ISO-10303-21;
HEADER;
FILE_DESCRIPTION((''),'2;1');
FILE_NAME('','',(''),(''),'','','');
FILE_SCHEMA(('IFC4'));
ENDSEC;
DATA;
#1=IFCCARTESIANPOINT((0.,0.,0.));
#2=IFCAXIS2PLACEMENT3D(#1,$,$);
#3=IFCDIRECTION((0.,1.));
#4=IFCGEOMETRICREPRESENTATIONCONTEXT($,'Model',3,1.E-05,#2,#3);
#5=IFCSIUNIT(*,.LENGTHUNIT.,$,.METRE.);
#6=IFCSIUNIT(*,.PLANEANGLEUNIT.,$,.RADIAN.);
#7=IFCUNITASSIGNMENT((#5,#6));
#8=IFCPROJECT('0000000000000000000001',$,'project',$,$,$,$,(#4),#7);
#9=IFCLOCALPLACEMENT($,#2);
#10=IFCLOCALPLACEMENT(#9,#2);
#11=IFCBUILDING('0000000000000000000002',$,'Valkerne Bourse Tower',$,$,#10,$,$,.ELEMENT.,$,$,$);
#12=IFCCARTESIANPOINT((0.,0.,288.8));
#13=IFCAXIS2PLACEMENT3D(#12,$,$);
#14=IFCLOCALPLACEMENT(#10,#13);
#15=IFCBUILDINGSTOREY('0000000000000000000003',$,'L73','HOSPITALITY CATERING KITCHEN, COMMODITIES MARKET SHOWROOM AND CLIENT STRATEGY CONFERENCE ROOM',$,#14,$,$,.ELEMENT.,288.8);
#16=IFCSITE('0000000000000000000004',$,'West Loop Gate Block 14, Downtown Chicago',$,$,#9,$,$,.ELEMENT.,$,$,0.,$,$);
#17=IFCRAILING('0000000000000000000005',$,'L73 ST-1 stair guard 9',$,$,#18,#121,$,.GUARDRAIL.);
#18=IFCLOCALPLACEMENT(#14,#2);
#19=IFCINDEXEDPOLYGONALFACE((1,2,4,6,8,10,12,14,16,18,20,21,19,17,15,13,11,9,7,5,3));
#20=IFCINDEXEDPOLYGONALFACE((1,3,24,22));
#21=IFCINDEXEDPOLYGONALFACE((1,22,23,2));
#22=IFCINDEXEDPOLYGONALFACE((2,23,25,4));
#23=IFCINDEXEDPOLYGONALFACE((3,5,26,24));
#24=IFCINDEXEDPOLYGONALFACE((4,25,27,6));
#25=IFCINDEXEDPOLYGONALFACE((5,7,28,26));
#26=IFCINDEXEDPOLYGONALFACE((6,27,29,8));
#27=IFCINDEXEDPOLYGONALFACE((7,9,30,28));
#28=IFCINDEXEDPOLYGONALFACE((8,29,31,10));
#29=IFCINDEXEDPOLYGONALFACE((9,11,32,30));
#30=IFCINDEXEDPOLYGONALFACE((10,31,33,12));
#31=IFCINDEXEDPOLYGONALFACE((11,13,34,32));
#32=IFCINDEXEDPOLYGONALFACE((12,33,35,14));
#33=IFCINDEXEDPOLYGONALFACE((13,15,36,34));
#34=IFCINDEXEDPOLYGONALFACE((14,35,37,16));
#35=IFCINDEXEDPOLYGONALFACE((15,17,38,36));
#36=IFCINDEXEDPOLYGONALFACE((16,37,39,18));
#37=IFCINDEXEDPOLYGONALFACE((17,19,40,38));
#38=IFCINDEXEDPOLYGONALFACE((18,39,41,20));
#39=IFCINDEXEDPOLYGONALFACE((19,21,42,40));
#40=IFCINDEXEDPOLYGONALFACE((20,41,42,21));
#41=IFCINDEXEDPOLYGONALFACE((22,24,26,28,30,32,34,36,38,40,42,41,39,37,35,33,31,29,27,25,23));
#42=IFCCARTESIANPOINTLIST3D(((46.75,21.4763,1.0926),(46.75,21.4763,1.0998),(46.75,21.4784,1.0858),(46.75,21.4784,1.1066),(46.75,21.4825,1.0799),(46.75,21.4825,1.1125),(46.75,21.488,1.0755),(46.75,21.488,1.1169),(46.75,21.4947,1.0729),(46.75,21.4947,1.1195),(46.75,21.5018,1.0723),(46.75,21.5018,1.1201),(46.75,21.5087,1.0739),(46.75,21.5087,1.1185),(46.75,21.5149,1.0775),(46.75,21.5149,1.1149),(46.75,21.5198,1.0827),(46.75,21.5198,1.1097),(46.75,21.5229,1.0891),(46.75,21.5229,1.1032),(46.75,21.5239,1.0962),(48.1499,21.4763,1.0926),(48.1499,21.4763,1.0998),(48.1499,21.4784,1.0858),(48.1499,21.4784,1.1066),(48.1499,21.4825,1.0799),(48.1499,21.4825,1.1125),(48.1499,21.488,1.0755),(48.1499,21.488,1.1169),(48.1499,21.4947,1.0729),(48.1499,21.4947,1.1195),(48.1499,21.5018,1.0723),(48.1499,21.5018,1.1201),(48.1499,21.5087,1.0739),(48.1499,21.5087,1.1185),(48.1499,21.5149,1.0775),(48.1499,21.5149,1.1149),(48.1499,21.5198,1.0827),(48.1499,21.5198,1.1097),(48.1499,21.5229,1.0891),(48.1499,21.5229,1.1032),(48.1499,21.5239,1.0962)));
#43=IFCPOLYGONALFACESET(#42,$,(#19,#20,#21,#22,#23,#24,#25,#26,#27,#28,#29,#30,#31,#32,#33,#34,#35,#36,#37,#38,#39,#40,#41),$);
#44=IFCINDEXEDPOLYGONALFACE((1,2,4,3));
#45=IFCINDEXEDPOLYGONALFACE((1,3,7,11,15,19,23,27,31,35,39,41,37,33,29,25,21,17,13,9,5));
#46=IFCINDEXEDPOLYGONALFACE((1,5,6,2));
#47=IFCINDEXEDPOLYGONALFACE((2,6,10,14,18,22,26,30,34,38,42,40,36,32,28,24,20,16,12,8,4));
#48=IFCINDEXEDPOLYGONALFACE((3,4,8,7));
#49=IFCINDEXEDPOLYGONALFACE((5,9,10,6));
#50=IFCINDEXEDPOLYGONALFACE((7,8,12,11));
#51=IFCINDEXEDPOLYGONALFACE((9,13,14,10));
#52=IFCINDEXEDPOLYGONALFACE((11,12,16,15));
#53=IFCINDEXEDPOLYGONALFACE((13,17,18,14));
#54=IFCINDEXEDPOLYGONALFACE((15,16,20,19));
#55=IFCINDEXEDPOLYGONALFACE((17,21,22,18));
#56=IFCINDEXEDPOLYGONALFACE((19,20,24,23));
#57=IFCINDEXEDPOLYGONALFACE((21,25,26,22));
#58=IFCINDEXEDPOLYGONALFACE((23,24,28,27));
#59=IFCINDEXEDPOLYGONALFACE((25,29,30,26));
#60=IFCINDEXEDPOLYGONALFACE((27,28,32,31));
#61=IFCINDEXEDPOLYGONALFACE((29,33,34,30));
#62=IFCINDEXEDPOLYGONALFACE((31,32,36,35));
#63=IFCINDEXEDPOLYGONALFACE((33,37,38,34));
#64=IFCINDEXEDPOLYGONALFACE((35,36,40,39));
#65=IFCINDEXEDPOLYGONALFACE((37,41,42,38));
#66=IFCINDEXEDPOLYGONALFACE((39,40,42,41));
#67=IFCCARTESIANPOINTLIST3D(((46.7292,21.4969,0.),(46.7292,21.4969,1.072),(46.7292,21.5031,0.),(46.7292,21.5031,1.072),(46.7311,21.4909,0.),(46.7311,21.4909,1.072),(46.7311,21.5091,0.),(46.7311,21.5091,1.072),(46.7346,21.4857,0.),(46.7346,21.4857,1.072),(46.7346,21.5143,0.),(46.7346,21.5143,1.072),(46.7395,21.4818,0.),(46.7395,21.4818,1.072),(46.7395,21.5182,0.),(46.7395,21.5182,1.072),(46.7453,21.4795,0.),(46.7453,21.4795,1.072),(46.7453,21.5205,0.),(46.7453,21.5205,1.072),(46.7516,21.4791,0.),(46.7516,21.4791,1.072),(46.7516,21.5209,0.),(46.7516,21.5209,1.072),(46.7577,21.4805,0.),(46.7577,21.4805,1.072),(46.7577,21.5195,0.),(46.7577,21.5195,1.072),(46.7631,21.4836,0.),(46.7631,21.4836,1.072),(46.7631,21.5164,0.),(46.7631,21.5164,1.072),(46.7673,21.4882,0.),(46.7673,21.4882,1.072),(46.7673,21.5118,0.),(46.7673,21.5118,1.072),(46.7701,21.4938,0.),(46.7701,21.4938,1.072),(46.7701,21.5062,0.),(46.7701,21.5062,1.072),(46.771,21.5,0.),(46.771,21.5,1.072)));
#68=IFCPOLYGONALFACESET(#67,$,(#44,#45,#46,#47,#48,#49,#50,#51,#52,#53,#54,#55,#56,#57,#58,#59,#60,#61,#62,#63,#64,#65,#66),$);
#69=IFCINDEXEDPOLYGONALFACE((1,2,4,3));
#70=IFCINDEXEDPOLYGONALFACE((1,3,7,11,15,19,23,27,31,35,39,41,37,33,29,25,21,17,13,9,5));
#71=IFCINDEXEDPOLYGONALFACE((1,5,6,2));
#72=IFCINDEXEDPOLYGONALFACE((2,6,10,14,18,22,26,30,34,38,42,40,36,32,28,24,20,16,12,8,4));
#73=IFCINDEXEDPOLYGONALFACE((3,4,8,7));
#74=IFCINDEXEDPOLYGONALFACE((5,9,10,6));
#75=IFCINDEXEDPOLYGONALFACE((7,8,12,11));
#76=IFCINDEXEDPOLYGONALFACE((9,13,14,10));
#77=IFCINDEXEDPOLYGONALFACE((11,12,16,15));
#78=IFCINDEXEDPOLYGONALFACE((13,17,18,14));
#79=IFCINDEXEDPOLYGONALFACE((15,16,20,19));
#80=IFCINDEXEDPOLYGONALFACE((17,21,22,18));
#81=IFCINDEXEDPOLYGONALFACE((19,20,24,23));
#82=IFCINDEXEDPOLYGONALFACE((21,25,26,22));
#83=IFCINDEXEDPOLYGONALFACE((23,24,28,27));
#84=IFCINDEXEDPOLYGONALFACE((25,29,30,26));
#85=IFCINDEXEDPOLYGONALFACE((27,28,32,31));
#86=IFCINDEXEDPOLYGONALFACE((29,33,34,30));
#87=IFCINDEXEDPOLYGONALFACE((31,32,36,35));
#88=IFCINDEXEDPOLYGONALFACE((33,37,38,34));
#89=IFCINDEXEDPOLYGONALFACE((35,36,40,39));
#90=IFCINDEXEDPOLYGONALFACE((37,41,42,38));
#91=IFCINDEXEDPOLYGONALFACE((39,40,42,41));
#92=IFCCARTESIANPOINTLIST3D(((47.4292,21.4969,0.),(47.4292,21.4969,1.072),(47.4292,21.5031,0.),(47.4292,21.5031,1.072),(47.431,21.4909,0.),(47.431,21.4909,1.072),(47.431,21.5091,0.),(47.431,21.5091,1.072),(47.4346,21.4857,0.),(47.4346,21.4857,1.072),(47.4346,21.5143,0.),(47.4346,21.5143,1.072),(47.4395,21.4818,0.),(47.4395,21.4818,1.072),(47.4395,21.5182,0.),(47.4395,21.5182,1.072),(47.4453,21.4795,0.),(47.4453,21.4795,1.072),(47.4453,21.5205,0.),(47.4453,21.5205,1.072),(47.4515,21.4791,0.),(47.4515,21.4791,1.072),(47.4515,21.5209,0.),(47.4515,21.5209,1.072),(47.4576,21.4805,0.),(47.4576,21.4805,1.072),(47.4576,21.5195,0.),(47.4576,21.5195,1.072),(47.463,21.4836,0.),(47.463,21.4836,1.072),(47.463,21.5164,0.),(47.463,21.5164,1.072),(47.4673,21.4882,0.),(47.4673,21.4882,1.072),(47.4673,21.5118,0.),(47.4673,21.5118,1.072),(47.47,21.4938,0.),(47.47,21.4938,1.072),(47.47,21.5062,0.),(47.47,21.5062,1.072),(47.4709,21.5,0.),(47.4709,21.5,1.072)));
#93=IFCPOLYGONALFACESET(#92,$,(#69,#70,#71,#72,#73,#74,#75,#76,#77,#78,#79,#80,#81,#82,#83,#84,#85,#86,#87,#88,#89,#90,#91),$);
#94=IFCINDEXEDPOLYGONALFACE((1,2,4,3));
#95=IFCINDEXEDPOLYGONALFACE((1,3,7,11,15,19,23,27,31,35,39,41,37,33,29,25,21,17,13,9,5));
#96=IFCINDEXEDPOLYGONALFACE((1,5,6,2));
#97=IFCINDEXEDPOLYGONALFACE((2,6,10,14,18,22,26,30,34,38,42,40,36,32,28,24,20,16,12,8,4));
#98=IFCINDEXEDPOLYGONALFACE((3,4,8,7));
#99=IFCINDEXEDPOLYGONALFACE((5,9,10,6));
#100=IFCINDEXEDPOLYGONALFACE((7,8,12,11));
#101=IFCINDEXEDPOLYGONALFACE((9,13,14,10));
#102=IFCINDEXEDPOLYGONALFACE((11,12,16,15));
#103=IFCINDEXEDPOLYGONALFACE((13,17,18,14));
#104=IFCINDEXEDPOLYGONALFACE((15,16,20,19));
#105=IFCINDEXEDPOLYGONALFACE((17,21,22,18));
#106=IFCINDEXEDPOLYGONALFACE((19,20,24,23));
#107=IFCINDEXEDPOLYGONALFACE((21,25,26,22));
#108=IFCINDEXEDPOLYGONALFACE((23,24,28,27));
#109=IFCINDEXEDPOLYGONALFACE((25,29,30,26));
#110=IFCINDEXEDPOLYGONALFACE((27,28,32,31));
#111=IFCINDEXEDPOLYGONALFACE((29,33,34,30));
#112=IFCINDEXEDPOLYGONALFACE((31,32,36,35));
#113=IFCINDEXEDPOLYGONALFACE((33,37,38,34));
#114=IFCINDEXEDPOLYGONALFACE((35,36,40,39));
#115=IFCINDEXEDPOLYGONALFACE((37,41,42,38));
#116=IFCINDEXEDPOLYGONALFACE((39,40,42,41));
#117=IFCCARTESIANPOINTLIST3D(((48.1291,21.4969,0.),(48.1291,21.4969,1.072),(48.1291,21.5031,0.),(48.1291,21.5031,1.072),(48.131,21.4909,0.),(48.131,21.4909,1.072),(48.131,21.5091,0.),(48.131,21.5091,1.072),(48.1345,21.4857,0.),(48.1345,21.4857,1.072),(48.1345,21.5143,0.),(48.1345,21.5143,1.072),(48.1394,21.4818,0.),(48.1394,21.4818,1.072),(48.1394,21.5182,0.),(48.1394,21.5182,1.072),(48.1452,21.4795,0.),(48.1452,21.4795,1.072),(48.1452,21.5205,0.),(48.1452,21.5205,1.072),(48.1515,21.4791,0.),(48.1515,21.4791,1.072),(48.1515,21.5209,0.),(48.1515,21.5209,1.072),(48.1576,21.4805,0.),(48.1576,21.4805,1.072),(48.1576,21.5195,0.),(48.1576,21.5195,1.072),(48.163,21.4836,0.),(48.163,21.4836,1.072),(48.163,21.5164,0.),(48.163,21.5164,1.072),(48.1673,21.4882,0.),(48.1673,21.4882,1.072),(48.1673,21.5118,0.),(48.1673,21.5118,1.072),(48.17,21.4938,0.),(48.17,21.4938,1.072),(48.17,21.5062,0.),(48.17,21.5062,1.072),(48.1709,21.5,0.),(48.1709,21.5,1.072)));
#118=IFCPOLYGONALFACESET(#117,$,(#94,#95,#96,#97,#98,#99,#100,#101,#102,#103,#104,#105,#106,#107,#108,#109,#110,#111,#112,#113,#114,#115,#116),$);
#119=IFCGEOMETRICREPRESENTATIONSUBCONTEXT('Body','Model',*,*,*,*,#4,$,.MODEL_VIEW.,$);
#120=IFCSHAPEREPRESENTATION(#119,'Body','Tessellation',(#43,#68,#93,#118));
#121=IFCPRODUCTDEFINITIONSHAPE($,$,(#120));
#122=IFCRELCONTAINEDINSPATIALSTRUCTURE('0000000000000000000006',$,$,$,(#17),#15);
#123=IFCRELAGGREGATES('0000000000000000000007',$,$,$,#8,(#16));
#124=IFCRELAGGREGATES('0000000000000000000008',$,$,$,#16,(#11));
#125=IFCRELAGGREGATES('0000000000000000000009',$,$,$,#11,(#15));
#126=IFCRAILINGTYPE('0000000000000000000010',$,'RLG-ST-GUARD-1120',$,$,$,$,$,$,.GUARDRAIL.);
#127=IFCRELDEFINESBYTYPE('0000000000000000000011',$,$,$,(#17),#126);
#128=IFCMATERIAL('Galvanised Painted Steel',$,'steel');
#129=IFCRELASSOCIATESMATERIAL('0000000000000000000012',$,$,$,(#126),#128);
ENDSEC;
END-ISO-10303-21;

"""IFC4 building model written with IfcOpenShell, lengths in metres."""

from ifc_helpers import new_model, si_unit, direction, frame, origin, origin_2d, place, context, subcontext, project, spatial, circle, extrude, material, type_object, element, save


model = new_model("IFC4")

# Units and contexts
model_context = context("Model", 3, precision=1e-05, world=origin(), true_north=direction((0.0, 1.0)))
body_context = subcontext(model_context, "Body", "Model", "MODEL_VIEW")
ifc_project = project(units=[si_unit("LENGTHUNIT", "METRE"), si_unit("PLANEANGLEUNIT", "RADIAN")], contexts=[model_context])

# Site, building, storey
site_placement = place(None, origin())
site = spatial("IfcSite", under=ifc_project, at=site_placement, Name="West Loop Gate Block 14, Downtown Chicago", CompositionType="ELEMENT", RefElevation=0.0)
building_placement = place(site_placement, origin())
building = spatial("IfcBuilding", under=site, at=building_placement, Name="Valkerne Bourse Tower", CompositionType="ELEMENT")
storey_placement = place(building_placement, frame((0.0, 0.0, 288.8)))
storey = spatial("IfcBuildingStorey", under=building, at=storey_placement, Name="L73", Description="HOSPITALITY CATERING KITCHEN, COMMODITIES MARKET SHOWROOM AND CLIENT STRATEGY CONFERENCE ROOM", CompositionType="ELEMENT", Elevation=288.8)

# Shared definitions
ifc_material_1 = material(Name="Galvanised Painted Steel", Category="steel")

# Railing
railing_type_1 = type_object("IfcRailingType", Name="RLG-ST-GUARD-1120", PredefinedType="GUARDRAIL", material=ifc_material_1)
for number, where, name in (
    (1, (46.75, 21.5, 0.0), "L73 ST-1 stair guard 9"),
):
    element("IfcRailing", number, at=place(storey_placement, frame(where)), inside=storey, type_object=railing_type_1, Name=name, PredefinedType="GUARDRAIL", context=body_context, shape_type="SweptSolid", body=[
        extrude(circle(Radius=0.0239, at=origin_2d()), frame((0.0, 0.0, 1.0962), z_axis=(1.0, 0.0, 0.0), x_axis=(0.0, 1.0, 0.0)), (0.0, 0.0, 1.0), 1.3999),
        extrude(circle(Radius=0.021, at=origin_2d()), origin(), (0.0, 0.0, 1.0), 1.072),
        extrude(circle(Radius=0.021, at=origin_2d()), frame((0.7, 0.0, 0.0)), (0.0, 0.0, 1.0), 1.072),
        extrude(circle(Radius=0.021, at=origin_2d()), frame((1.3999, 0.0, 0.0)), (0.0, 0.0, 1.0), 1.072),
    ])

save(model, "model.ifc")
